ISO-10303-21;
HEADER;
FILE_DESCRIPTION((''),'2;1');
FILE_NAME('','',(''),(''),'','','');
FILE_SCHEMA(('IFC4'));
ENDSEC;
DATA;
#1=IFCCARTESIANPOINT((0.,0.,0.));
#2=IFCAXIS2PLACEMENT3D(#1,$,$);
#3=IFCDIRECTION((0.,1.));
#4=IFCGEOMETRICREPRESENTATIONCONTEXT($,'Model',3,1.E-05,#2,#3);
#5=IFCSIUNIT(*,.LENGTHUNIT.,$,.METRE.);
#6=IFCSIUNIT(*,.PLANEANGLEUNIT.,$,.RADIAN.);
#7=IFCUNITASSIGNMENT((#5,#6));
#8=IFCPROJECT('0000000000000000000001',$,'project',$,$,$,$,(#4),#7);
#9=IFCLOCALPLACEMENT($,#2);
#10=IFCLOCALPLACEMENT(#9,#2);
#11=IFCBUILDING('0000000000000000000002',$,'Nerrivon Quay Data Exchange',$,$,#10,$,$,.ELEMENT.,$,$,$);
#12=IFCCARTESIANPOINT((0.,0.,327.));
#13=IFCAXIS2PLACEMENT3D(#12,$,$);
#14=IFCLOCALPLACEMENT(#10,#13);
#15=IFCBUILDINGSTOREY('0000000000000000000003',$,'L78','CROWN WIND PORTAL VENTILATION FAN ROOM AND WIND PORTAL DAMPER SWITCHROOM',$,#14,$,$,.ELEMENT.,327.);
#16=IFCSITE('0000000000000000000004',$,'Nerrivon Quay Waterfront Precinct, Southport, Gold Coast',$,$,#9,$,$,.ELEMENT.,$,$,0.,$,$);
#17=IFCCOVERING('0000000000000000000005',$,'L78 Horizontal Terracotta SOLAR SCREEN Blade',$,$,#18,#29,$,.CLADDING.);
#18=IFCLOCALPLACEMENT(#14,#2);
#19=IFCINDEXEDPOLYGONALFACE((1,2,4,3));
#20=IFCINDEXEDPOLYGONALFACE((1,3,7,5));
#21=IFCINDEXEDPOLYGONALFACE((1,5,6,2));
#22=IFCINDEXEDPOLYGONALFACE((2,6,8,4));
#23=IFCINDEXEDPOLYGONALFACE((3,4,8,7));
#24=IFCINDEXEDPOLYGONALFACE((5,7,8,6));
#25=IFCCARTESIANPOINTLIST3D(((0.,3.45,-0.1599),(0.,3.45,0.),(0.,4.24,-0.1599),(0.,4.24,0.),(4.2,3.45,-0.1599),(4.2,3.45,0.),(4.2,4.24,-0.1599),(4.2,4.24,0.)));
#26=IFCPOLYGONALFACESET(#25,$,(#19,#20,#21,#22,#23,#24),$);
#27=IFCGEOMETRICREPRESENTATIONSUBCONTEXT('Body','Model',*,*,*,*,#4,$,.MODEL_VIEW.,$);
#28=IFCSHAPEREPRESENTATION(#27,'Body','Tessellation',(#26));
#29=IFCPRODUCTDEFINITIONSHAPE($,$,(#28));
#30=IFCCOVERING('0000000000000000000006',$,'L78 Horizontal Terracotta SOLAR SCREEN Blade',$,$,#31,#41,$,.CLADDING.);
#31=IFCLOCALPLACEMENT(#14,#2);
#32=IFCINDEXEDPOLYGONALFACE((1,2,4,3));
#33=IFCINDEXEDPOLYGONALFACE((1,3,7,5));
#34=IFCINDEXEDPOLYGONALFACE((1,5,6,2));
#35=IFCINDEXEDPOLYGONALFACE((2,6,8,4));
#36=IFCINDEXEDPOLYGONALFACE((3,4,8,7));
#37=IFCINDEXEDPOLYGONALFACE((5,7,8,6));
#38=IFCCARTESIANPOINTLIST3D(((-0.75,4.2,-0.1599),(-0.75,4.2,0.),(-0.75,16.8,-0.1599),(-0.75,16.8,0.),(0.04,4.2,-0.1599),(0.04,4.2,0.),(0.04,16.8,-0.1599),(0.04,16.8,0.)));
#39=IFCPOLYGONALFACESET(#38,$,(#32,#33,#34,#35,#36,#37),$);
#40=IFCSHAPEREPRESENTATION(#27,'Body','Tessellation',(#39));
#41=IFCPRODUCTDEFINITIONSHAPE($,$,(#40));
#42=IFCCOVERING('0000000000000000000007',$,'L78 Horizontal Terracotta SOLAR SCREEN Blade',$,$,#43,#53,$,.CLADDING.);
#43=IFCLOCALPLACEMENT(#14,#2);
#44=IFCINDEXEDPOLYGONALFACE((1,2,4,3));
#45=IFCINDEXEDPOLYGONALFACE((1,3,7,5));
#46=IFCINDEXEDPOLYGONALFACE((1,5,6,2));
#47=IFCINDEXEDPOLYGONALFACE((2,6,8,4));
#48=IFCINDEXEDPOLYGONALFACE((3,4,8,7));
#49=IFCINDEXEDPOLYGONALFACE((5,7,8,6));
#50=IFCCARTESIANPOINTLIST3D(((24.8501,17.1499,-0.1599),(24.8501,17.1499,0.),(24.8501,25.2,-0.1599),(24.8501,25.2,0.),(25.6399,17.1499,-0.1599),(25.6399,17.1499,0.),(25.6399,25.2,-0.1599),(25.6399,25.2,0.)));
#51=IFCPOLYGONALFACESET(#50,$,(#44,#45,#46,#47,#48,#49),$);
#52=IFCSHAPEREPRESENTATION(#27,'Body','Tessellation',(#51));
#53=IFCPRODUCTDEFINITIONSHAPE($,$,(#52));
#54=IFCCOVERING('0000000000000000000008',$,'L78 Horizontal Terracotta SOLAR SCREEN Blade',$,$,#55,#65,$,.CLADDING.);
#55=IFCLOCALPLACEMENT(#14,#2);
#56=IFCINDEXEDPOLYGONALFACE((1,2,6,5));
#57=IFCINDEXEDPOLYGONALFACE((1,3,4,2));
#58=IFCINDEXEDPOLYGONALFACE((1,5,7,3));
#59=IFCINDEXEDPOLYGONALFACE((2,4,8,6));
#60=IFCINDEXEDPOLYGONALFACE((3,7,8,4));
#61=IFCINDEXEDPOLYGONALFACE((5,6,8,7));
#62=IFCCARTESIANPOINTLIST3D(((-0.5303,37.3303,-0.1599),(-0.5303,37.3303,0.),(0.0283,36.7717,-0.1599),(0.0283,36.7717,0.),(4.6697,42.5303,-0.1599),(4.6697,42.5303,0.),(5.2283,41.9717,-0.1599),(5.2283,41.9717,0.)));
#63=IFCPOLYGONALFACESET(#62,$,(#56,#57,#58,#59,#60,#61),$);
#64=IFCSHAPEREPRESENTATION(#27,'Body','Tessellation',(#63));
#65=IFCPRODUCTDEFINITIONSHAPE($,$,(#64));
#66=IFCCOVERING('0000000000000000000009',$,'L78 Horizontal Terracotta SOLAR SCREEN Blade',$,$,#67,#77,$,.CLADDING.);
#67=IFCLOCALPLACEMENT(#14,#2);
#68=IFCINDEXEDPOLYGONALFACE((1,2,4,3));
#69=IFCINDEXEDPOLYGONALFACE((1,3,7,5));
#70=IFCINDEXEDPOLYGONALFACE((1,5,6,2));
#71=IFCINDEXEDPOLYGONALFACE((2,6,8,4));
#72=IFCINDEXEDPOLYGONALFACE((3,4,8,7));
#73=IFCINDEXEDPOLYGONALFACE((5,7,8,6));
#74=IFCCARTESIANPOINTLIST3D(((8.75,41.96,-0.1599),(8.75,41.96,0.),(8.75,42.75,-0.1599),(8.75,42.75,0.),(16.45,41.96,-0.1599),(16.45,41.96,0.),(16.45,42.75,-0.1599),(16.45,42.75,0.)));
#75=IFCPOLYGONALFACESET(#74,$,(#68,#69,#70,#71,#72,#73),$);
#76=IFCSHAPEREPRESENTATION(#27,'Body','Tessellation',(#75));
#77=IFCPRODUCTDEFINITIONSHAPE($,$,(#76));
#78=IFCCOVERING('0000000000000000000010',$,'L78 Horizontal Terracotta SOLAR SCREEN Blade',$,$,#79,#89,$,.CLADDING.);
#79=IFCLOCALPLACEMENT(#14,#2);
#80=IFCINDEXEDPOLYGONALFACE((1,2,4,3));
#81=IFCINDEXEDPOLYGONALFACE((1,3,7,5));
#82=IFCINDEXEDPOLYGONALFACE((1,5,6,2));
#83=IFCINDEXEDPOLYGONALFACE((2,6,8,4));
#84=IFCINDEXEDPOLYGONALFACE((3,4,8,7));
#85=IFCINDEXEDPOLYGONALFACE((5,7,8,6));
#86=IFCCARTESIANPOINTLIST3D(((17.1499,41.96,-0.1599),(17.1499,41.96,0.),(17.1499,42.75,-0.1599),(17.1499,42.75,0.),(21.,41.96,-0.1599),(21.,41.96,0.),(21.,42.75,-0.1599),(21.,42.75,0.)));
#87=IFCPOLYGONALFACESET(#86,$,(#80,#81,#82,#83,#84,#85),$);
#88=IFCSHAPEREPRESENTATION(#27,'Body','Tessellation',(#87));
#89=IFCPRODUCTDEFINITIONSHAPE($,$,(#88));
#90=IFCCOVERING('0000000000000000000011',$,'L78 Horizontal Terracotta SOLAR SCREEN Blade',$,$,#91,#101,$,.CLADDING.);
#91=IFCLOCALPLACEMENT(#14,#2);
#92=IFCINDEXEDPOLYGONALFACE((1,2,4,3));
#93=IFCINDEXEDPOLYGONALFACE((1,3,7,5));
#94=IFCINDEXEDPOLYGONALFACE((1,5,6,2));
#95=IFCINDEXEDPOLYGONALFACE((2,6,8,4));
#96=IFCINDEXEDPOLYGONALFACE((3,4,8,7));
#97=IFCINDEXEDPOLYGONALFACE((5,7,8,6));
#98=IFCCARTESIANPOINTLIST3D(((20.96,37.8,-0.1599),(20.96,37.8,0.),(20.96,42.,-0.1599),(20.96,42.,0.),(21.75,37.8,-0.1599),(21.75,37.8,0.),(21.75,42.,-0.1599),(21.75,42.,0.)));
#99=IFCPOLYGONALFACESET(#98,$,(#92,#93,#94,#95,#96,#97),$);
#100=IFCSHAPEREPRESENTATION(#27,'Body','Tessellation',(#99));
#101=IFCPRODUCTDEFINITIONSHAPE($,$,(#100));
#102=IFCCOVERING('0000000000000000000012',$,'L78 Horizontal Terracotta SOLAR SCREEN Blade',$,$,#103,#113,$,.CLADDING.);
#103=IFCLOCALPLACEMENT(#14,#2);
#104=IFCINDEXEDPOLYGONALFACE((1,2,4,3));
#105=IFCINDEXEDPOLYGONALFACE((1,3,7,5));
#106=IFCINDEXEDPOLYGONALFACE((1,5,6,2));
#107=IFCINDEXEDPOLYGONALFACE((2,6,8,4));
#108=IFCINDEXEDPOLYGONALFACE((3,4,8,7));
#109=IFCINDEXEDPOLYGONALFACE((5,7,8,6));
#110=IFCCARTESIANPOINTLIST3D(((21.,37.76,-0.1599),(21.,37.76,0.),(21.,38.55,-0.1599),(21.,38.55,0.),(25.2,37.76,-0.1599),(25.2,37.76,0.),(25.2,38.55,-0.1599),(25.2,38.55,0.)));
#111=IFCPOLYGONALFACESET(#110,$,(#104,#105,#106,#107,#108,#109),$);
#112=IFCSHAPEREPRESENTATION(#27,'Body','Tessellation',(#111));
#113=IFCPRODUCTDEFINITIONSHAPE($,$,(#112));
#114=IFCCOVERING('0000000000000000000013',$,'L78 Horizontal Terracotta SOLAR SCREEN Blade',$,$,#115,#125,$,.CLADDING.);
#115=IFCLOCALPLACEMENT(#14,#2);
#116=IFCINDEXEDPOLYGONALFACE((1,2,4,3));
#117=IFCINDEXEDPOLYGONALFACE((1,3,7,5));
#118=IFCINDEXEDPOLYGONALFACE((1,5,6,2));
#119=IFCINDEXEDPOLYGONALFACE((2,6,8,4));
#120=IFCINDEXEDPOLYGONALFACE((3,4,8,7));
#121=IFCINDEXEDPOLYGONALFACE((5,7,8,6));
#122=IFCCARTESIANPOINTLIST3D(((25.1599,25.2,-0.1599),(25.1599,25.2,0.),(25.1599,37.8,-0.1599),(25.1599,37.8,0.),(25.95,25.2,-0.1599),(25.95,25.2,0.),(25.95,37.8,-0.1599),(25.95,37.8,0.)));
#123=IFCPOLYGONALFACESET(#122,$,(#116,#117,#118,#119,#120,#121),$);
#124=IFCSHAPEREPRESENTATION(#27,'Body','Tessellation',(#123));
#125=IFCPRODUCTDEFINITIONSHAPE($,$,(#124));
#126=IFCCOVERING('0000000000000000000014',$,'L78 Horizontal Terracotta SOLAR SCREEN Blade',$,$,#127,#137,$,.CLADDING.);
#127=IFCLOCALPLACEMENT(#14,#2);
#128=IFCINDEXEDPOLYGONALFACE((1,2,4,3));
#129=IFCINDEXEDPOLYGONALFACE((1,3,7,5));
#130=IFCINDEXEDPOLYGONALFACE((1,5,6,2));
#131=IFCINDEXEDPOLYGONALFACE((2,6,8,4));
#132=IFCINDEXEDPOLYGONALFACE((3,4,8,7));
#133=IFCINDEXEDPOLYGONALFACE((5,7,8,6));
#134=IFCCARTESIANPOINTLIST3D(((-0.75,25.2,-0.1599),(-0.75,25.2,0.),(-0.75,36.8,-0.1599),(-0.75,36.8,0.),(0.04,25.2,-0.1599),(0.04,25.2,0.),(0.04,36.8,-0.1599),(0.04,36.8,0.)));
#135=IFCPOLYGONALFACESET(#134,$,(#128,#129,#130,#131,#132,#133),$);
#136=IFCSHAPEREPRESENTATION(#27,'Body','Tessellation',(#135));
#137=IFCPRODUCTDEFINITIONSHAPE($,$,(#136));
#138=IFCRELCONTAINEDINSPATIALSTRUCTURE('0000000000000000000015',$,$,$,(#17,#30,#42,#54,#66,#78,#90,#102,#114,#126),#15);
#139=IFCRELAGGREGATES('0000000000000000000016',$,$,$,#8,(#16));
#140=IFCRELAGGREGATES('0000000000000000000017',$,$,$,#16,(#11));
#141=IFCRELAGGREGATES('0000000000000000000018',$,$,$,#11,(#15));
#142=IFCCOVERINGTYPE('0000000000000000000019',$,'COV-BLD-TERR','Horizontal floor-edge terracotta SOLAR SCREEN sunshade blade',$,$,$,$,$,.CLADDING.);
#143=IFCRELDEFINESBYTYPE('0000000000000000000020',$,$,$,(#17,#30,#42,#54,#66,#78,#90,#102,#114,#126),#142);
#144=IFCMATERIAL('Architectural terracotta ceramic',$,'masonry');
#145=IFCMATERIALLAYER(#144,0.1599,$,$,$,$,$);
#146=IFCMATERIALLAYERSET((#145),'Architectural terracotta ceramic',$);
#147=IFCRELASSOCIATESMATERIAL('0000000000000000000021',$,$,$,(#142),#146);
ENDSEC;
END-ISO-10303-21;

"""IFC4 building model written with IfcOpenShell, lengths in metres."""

from ifc_helpers import new_model, si_unit, direction, frame, origin, place, context, subcontext, project, spatial, polyline, outline, extrude, material, layer, layer_set, type_object, element, save


model = new_model("IFC4")

# Units and contexts
model_context = context("Model", 3, precision=1e-05, world=origin(), true_north=direction((0.0, 1.0)))
body_context = subcontext(model_context, "Body", "Model", "MODEL_VIEW")
ifc_project = project(units=[si_unit("LENGTHUNIT", "METRE"), si_unit("PLANEANGLEUNIT", "RADIAN")], contexts=[model_context])

# Site, building, storey
site_placement = place(None, origin())
site = spatial("IfcSite", under=ifc_project, at=site_placement, Name="Nerrivon Quay Waterfront Precinct, Southport, Gold Coast", CompositionType="ELEMENT", RefElevation=0.0)
building_placement = place(site_placement, origin())
building = spatial("IfcBuilding", under=site, at=building_placement, Name="Nerrivon Quay Data Exchange", CompositionType="ELEMENT")
storey_placement = place(building_placement, frame((0.0, 0.0, 327.0)))
storey = spatial("IfcBuildingStorey", under=building, at=storey_placement, Name="L78", Description="CROWN WIND PORTAL VENTILATION FAN ROOM AND WIND PORTAL DAMPER SWITCHROOM", CompositionType="ELEMENT", Elevation=327.0)

# Coverings
ifc_material_1 = material(Name="Architectural terracotta ceramic", Category="masonry")
ifc_layer_1 = layer(ifc_material_1, 0.1599)
ifc_layer_set_1 = layer_set([ifc_layer_1], Name="Architectural terracotta ceramic")
covering_type = type_object("IfcCoveringType", Name="COV-BLD-TERR", Description="Horizontal floor-edge terracotta SOLAR SCREEN sunshade blade", PredefinedType="CLADDING", material=ifc_layer_set_1)
covering_1_placement = place(storey_placement, frame((0.0, 0.0, -0.1599)))
element("IfcCovering", 1, at=covering_1_placement, inside=storey, type_object=covering_type, Name="L78 Horizontal Terracotta SOLAR SCREEN Blade", PredefinedType="CLADDING", context=body_context, shape_type="SweptSolid", body=[
    extrude(outline(polyline([(4.2, 4.24), (0.0, 4.24), (0.0, 3.45), (4.2, 3.45), (4.2, 4.24)])), origin(), (0.0, 0.0, 1.0), 0.1599),
])
covering_2_placement = place(storey_placement, frame((0.0, 0.0, -0.1599)))
element("IfcCovering", 2, at=covering_2_placement, inside=storey, type_object=covering_type, Name="L78 Horizontal Terracotta SOLAR SCREEN Blade", PredefinedType="CLADDING", context=body_context, shape_type="SweptSolid", body=[
    extrude(outline(polyline([(0.04, 4.2), (0.04, 16.8), (-0.75, 16.8), (-0.75, 4.2), (0.04, 4.2)])), origin(), (0.0, 0.0, 1.0), 0.1599),
])
covering_3_placement = place(storey_placement, frame((0.0, 0.0, -0.1599)))
element("IfcCovering", 3, at=covering_3_placement, inside=storey, type_object=covering_type, Name="L78 Horizontal Terracotta SOLAR SCREEN Blade", PredefinedType="CLADDING", context=body_context, shape_type="SweptSolid", body=[
    extrude(outline(polyline([(25.6399, 17.1499), (25.6399, 25.2), (24.8501, 25.2), (24.8501, 17.1499), (25.6399, 17.1499)])), origin(), (0.0, 0.0, 1.0), 0.1599),
])
covering_4_placement = place(storey_placement, frame((0.0, 0.0, -0.1599)))
element("IfcCovering", 4, at=covering_4_placement, inside=storey, type_object=covering_type, Name="L78 Horizontal Terracotta SOLAR SCREEN Blade", PredefinedType="CLADDING", context=body_context, shape_type="SweptSolid", body=[
    extrude(outline(polyline([(0.0283, 36.7717), (5.2283, 41.9717), (4.6697, 42.5303), (-0.5303, 37.3303), (0.0283, 36.7717)])), origin(), (0.0, 0.0, 1.0), 0.1599),
])
covering_5_placement = place(storey_placement, frame((0.0, 0.0, -0.1599)))
element("IfcCovering", 5, at=covering_5_placement, inside=storey, type_object=covering_type, Name="L78 Horizontal Terracotta SOLAR SCREEN Blade", PredefinedType="CLADDING", context=body_context, shape_type="SweptSolid", body=[
    extrude(outline(polyline([(8.75, 41.96), (16.45, 41.96), (16.45, 42.75), (8.75, 42.75), (8.75, 41.96)])), origin(), (0.0, 0.0, 1.0), 0.1599),
])
covering_6_placement = place(storey_placement, frame((0.0, 0.0, -0.1599)))
element("IfcCovering", 6, at=covering_6_placement, inside=storey, type_object=covering_type, Name="L78 Horizontal Terracotta SOLAR SCREEN Blade", PredefinedType="CLADDING", context=body_context, shape_type="SweptSolid", body=[
    extrude(outline(polyline([(17.1499, 41.96), (21.0, 41.96), (21.0, 42.75), (17.1499, 42.75), (17.1499, 41.96)])), origin(), (0.0, 0.0, 1.0), 0.1599),
])
covering_7_placement = place(storey_placement, frame((0.0, 0.0, -0.1599)))
element("IfcCovering", 7, at=covering_7_placement, inside=storey, type_object=covering_type, Name="L78 Horizontal Terracotta SOLAR SCREEN Blade", PredefinedType="CLADDING", context=body_context, shape_type="SweptSolid", body=[
    extrude(outline(polyline([(20.96, 42.0), (20.96, 37.8), (21.75, 37.8), (21.75, 42.0), (20.96, 42.0)])), origin(), (0.0, 0.0, 1.0), 0.1599),
])
covering_8_placement = place(storey_placement, frame((0.0, 0.0, -0.1599)))
element("IfcCovering", 8, at=covering_8_placement, inside=storey, type_object=covering_type, Name="L78 Horizontal Terracotta SOLAR SCREEN Blade", PredefinedType="CLADDING", context=body_context, shape_type="SweptSolid", body=[
    extrude(outline(polyline([(21.0, 37.76), (25.2, 37.76), (25.2, 38.55), (21.0, 38.55), (21.0, 37.76)])), origin(), (0.0, 0.0, 1.0), 0.1599),
])
covering_9_placement = place(storey_placement, frame((0.0, 0.0, -0.1599)))
element("IfcCovering", 9, at=covering_9_placement, inside=storey, type_object=covering_type, Name="L78 Horizontal Terracotta SOLAR SCREEN Blade", PredefinedType="CLADDING", context=body_context, shape_type="SweptSolid", body=[
    extrude(outline(polyline([(25.1599, 37.8), (25.1599, 25.2), (25.95, 25.2), (25.95, 37.8), (25.1599, 37.8)])), origin(), (0.0, 0.0, 1.0), 0.1599),
])
covering_10_placement = place(storey_placement, frame((0.0, 0.0, -0.1599)))
element("IfcCovering", 10, at=covering_10_placement, inside=storey, type_object=covering_type, Name="L78 Horizontal Terracotta SOLAR SCREEN Blade", PredefinedType="CLADDING", context=body_context, shape_type="SweptSolid", body=[
    extrude(outline(polyline([(0.04, 25.2), (0.04, 36.8), (-0.75, 36.8), (-0.75, 25.2), (0.04, 25.2)])), origin(), (0.0, 0.0, 1.0), 0.1599),
])

save(model, "model.ifc")
